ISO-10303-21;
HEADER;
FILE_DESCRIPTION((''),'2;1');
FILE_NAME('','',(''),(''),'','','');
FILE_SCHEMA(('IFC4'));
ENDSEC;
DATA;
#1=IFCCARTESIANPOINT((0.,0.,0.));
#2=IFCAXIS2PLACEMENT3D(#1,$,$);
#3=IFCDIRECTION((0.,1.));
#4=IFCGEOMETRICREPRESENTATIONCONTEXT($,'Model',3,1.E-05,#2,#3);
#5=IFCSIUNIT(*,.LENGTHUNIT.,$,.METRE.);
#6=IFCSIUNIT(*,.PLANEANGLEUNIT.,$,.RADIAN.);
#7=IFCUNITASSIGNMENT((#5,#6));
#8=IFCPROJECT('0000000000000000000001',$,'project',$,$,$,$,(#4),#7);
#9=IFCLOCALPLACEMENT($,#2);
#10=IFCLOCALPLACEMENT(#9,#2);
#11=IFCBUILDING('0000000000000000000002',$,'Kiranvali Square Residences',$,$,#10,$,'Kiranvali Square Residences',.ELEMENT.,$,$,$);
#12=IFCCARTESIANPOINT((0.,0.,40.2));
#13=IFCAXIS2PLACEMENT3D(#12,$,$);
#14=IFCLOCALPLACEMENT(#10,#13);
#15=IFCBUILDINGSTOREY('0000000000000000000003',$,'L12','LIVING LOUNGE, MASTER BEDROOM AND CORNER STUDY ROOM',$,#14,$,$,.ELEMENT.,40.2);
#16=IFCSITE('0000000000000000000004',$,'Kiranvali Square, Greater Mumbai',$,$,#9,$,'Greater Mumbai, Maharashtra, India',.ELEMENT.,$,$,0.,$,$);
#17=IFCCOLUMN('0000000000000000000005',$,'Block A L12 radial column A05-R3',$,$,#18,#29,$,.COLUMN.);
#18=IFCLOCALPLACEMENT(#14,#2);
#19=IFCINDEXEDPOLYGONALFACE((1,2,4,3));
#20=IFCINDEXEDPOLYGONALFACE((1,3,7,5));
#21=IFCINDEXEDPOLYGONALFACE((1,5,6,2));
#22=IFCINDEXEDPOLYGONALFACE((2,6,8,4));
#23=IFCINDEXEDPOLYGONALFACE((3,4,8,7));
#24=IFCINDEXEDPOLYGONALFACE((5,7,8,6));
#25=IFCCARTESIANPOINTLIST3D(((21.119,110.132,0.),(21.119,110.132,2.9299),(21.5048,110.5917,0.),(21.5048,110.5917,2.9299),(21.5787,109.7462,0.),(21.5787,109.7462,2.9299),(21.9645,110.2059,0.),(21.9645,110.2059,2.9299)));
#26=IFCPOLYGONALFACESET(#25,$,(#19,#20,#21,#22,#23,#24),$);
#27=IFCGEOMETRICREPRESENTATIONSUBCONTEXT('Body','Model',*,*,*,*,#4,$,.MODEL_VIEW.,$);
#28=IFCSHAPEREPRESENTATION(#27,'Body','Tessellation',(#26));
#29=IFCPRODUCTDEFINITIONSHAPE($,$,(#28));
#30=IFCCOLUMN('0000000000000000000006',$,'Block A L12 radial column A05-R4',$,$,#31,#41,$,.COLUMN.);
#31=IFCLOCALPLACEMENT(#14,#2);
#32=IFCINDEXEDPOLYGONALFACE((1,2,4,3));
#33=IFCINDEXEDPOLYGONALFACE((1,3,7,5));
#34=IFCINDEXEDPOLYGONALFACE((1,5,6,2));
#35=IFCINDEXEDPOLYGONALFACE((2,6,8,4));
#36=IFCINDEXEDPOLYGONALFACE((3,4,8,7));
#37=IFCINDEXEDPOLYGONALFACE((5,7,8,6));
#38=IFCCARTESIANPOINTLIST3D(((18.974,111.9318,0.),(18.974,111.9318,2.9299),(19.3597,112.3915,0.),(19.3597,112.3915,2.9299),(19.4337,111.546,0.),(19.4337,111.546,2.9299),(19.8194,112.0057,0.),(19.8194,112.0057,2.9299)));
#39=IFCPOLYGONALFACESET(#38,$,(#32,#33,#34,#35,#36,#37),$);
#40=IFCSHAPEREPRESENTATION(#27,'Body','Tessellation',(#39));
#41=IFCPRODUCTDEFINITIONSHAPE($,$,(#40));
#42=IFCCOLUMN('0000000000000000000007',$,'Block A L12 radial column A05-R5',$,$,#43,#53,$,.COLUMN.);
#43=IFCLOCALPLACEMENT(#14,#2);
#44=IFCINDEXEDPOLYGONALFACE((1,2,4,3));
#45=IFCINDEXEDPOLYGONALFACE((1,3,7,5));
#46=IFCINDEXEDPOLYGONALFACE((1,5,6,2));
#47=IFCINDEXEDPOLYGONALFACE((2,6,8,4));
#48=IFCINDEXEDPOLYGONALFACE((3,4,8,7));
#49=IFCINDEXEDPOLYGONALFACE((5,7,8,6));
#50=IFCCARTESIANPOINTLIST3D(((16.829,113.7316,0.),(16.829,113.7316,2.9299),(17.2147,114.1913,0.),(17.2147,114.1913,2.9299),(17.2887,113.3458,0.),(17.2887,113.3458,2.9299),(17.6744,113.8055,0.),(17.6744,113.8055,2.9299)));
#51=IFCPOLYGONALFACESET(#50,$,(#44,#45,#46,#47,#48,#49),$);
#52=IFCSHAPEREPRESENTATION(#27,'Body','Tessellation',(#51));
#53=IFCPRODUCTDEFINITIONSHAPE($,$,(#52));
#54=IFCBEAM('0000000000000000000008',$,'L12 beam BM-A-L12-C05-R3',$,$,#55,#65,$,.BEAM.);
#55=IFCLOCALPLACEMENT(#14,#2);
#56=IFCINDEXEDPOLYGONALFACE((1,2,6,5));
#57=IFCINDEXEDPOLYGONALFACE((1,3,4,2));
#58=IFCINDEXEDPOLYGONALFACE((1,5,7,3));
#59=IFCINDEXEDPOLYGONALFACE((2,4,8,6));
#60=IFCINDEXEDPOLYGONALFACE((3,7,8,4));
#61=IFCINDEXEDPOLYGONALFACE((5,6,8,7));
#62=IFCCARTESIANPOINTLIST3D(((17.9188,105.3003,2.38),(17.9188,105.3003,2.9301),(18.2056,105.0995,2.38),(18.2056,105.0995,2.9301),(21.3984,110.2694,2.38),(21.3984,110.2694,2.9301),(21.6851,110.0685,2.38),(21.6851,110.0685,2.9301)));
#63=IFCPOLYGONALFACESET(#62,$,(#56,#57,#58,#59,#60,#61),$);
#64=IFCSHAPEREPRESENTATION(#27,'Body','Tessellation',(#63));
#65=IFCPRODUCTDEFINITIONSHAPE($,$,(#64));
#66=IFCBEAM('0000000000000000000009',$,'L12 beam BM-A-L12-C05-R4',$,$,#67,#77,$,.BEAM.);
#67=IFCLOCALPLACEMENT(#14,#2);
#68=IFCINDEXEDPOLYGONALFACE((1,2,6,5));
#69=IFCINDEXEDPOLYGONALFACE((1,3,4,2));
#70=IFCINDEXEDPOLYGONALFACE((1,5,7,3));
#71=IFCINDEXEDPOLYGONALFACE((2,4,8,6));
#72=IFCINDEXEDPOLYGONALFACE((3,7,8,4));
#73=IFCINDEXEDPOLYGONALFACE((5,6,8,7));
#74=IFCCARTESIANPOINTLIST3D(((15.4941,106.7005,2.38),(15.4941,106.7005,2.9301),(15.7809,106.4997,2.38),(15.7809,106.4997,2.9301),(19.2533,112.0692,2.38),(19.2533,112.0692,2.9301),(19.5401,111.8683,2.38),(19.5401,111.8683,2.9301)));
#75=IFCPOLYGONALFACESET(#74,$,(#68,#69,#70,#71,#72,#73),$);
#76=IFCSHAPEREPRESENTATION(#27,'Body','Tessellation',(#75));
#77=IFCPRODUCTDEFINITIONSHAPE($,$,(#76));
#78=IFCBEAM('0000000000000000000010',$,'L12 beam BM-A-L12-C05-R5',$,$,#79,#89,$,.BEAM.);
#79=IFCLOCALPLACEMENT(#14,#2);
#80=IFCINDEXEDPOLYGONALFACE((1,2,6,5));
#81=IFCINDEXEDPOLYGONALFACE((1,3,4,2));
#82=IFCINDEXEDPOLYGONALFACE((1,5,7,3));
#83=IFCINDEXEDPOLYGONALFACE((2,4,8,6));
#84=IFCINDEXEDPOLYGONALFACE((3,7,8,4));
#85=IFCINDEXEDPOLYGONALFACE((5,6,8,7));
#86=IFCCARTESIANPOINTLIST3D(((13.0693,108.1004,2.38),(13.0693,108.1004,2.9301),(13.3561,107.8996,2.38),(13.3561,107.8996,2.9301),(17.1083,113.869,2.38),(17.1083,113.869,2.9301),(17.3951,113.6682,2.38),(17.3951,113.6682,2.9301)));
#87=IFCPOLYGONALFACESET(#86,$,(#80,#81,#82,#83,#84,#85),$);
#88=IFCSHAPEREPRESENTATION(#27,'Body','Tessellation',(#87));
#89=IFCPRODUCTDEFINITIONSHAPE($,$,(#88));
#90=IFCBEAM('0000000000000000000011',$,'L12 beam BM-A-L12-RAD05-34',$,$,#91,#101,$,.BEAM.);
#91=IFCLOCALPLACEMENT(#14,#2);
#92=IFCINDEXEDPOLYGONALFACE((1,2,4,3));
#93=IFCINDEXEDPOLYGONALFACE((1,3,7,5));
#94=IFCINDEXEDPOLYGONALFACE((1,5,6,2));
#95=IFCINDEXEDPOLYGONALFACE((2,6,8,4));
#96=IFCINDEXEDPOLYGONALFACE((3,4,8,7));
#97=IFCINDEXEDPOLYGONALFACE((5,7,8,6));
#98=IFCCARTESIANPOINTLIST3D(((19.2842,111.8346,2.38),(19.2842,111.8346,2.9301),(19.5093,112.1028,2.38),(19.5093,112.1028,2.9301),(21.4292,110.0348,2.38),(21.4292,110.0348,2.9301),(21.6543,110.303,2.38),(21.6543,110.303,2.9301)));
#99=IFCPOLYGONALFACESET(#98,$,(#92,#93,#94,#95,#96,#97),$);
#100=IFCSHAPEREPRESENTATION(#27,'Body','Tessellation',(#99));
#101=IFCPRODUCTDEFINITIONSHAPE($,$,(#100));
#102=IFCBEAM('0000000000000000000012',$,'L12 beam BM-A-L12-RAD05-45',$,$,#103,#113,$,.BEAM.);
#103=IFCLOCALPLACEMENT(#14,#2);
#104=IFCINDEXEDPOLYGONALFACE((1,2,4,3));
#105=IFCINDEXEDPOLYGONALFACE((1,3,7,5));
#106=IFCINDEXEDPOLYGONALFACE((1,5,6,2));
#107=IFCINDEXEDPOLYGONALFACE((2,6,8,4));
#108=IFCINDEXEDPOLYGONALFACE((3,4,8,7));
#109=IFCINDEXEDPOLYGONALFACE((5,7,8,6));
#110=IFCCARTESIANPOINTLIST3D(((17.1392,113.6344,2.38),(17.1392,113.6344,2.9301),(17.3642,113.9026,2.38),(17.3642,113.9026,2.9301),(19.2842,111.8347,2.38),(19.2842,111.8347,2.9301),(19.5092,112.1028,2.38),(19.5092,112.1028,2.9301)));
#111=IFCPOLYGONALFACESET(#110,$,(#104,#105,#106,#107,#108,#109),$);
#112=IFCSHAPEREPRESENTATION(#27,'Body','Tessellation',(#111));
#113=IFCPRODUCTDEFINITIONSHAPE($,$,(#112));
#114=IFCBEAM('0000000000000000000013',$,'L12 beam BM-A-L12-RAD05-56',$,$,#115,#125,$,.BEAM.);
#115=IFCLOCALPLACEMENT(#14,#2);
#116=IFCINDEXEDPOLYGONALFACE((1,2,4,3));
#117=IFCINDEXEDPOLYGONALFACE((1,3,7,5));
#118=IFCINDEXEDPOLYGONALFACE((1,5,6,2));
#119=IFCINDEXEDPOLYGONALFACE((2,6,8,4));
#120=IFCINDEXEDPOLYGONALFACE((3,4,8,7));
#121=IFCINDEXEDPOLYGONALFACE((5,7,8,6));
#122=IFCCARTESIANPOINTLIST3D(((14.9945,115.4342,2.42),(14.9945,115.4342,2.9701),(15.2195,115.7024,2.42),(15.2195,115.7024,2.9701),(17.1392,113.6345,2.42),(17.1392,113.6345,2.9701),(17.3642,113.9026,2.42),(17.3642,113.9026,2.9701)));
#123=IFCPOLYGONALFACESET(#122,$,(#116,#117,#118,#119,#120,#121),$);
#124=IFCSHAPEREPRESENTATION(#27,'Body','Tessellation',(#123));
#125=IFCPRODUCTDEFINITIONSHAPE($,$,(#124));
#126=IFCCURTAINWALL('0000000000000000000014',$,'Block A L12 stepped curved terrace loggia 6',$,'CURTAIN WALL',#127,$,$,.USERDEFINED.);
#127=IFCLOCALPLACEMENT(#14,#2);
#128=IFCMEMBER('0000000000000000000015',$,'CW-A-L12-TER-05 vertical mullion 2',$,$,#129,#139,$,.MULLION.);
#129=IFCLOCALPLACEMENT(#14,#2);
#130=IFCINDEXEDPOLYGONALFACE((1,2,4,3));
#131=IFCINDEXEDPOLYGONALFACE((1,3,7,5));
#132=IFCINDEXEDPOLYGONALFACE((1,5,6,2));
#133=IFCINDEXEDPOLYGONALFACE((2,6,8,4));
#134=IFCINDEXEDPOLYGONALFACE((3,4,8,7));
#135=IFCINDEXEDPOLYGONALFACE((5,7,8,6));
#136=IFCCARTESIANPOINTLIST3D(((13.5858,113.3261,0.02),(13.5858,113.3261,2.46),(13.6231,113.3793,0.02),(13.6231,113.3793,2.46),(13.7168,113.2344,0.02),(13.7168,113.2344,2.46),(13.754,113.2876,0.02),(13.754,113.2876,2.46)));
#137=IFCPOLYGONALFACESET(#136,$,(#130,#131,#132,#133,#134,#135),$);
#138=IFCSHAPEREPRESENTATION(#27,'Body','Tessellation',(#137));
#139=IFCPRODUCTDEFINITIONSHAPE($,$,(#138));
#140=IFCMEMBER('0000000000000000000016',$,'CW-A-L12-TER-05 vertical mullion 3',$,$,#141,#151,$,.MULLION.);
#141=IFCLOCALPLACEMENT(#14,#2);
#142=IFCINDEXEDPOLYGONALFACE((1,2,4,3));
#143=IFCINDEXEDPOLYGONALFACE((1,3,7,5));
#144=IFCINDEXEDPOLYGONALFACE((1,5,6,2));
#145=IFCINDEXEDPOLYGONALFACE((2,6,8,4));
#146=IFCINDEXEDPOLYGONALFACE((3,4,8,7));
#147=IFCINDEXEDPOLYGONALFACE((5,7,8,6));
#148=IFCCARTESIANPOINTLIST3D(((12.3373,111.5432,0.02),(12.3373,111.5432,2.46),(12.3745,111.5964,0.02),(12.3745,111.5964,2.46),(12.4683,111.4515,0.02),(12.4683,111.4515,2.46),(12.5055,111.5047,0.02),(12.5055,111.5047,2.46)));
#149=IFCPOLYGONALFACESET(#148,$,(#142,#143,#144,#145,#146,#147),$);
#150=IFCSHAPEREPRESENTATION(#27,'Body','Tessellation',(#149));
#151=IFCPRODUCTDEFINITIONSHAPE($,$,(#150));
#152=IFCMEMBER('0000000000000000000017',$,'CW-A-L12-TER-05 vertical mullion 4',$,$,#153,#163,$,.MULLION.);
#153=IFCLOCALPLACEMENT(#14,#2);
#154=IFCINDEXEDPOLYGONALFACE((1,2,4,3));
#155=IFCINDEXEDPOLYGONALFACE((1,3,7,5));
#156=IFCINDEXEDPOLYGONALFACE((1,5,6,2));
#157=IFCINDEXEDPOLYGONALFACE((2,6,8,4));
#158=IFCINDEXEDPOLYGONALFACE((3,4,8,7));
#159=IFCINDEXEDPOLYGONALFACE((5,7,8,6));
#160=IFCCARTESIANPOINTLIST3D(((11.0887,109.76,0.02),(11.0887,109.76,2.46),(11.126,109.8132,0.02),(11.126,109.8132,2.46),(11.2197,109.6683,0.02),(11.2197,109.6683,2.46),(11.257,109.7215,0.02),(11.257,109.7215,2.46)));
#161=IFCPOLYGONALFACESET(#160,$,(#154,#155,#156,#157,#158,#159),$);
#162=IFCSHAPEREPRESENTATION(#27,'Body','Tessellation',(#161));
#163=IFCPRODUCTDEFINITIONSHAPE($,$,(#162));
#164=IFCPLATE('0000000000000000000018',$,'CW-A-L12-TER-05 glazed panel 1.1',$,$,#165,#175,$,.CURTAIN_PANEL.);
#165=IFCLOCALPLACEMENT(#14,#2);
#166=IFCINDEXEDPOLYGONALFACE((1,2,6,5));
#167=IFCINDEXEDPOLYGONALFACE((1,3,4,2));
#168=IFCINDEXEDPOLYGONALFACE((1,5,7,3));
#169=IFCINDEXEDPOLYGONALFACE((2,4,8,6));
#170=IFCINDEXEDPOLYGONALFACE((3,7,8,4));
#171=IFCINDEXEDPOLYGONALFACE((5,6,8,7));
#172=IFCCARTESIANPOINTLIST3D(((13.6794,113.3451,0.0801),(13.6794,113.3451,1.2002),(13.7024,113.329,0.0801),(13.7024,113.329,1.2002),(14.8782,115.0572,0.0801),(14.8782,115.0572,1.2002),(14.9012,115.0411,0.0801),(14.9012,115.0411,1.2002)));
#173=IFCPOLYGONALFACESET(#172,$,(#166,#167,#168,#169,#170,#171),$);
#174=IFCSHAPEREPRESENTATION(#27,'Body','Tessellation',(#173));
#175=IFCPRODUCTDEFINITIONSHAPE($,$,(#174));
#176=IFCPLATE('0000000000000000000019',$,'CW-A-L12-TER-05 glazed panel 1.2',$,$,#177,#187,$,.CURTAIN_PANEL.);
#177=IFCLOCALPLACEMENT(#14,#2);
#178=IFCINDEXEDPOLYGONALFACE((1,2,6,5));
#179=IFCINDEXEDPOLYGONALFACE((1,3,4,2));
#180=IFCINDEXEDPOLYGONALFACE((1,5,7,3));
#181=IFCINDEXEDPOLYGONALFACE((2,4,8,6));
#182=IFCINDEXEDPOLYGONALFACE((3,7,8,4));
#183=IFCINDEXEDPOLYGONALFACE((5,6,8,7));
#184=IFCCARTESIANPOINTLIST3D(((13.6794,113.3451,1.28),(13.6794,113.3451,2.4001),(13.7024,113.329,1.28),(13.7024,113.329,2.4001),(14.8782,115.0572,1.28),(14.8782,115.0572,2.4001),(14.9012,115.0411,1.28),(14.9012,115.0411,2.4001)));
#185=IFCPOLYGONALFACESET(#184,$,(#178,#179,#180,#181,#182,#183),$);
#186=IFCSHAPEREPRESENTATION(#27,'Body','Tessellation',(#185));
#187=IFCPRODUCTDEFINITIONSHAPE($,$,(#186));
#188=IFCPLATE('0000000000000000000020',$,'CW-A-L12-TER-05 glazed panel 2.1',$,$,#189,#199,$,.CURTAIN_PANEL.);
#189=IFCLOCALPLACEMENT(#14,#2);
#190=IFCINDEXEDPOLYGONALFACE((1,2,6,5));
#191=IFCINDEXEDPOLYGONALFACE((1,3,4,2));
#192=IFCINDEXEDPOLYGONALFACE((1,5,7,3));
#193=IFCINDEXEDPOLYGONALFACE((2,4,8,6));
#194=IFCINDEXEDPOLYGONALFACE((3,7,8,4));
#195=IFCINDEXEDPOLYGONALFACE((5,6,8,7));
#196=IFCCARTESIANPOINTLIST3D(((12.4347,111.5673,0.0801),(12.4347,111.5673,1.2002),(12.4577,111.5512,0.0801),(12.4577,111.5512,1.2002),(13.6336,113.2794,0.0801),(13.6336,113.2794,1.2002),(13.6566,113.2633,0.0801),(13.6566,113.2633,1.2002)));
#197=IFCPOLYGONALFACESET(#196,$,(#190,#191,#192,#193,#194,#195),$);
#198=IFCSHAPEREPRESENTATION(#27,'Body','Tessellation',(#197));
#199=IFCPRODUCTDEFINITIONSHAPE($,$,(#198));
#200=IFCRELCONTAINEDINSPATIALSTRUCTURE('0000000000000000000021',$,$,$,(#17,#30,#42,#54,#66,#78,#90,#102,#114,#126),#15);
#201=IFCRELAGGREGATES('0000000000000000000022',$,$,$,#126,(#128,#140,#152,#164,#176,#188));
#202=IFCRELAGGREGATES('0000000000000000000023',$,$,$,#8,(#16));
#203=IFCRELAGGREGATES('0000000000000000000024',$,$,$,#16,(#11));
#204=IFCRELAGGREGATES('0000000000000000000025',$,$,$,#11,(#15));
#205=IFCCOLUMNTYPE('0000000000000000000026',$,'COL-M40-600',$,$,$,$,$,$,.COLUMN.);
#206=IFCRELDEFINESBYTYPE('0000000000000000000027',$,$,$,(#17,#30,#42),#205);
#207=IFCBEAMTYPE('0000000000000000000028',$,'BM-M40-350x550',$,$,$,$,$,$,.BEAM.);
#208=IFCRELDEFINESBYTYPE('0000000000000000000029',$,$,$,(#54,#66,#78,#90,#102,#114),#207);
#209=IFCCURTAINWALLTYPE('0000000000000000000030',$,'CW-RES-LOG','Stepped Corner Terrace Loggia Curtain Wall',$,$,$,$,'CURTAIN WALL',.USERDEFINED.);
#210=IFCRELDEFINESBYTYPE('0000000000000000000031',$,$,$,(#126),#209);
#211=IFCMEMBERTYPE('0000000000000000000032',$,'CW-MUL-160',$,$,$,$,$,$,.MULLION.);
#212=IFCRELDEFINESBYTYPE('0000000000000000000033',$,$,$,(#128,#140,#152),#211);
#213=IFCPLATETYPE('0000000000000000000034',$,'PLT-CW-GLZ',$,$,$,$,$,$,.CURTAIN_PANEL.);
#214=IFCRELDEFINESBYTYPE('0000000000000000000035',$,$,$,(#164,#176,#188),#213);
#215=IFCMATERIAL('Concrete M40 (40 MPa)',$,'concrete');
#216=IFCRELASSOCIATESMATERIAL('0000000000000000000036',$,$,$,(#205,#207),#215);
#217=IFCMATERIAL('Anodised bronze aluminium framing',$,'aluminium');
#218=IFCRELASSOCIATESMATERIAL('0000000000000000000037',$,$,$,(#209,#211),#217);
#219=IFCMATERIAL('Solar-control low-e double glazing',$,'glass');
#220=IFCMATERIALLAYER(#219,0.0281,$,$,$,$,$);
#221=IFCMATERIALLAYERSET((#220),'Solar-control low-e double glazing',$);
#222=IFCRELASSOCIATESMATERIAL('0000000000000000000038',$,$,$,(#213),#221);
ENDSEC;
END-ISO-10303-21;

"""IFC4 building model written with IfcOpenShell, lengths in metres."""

from ifc_helpers import new_model, si_unit, direction, frame, origin, origin_2d, place, context, subcontext, project, spatial, rectangle, extrude, material, layer, layer_set, material_profile, profile_set, type_object, element, aggregate, save


model = new_model("IFC4")

# Units and contexts
model_context = context("Model", 3, precision=1e-05, world=origin(), true_north=direction((0.0, 1.0)))
body_context = subcontext(model_context, "Body", "Model", "MODEL_VIEW")
ifc_project = project(units=[si_unit("LENGTHUNIT", "METRE"), si_unit("PLANEANGLEUNIT", "RADIAN")], contexts=[model_context])

# Site, building, storey
site_placement = place(None, origin())
site = spatial("IfcSite", under=ifc_project, at=site_placement, Name="Kiranvali Square, Greater Mumbai", LongName="Greater Mumbai, Maharashtra, India", CompositionType="ELEMENT", RefElevation=0.0)
building_placement = place(site_placement, origin())
building = spatial("IfcBuilding", under=site, at=building_placement, Name="Kiranvali Square Residences", LongName="Kiranvali Square Residences", CompositionType="ELEMENT")
storey_placement = place(building_placement, frame((0.0, 0.0, 40.2)))
storey = spatial("IfcBuildingStorey", under=building, at=storey_placement, Name="L12", Description="LIVING LOUNGE, MASTER BEDROOM AND CORNER STUDY ROOM", CompositionType="ELEMENT", Elevation=40.2)

# Columns
ifc_material_1 = material(Name="Concrete M40 (40 MPa)", Category="concrete")
ifc_material_profile_1 = material_profile(ifc_material_1, rectangle(XDim=0.6001, YDim=0.6001, at=origin_2d()), Name="RC 600x600")
ifc_profile_set_1 = profile_set([ifc_material_profile_1], Name="Concrete M40 (40 MPa)")
column_type = type_object("IfcColumnType", Name="COL-M40-600", PredefinedType="COLUMN", material=ifc_profile_set_1)
for number, where, z_axis, x_axis, name in (
    (1, (21.5417, 110.1689, 0.0), (0.0, 0.0, 1.0), (0.642788, 0.766044, 0.0), "Block A L12 radial column A05-R3"),
    (2, (19.3967, 111.9688, 0.0), (0.0, 0.0, 1.0), (0.642788, 0.766044, 0.0), "Block A L12 radial column A05-R4"),
    (3, (17.2517, 113.7686, 0.0), (0.0, 0.0, 1.0), (0.642788, 0.766044, 0.0), "Block A L12 radial column A05-R5"),
):
    element("IfcColumn", number, at=place(storey_placement, frame(where, z_axis=z_axis, x_axis=x_axis)), inside=storey, type_object=column_type, Name=name, PredefinedType="COLUMN", context=body_context, shape_type="SweptSolid", body=[
        extrude(rectangle(XDim=0.6001, YDim=0.6001, at=origin_2d()), origin(), (0.0, 0.0, 1.0), 2.9299),
    ])

# Beams
ifc_material_profile_2 = material_profile(ifc_material_1, rectangle(XDim=0.3501, YDim=0.55, at=origin_2d()), Name="RC 350x550")
ifc_profile_set_2 = profile_set([ifc_material_profile_2], Name="Concrete M40 (40 MPa)")
beam_type = type_object("IfcBeamType", Name="BM-M40-350x550", PredefinedType="BEAM", material=ifc_profile_set_2)
beam_1_placement = place(storey_placement, frame((21.5417, 110.1689, 2.655), z_axis=(-0.573595, -0.819139, 0.0), x_axis=(0.819139, -0.573595, 0.0)))
element("IfcBeam", 4, at=beam_1_placement, inside=storey, type_object=beam_type, Name="L12 beam BM-A-L12-C05-R3", PredefinedType="BEAM", context=body_context, shape_type="SweptSolid", body=[
    extrude(rectangle(XDim=0.3501, YDim=0.55, at=origin_2d()), origin(), (0.0, 0.0, 1.0), 6.0662),
])
beam_2_placement = place(storey_placement, frame((19.3967, 111.9688, 2.655), z_axis=(-0.573587, -0.819144, 0.0), x_axis=(0.819144, -0.573587, 0.0)))
element("IfcBeam", 5, at=beam_2_placement, inside=storey, type_object=beam_type, Name="L12 beam BM-A-L12-C05-R4", PredefinedType="BEAM", context=body_context, shape_type="SweptSolid", body=[
    extrude(rectangle(XDim=0.3501, YDim=0.55, at=origin_2d()), origin(), (0.0, 0.0, 1.0), 6.554),
])
beam_3_placement = place(storey_placement, frame((17.2517, 113.7686, 2.655), z_axis=(-0.573565, -0.81916, 0.0), x_axis=(0.81916, -0.573565, 0.0)))
element("IfcBeam", 6, at=beam_3_placement, inside=storey, type_object=beam_type, Name="L12 beam BM-A-L12-C05-R5", PredefinedType="BEAM", context=body_context, shape_type="SweptSolid", body=[
    extrude(rectangle(XDim=0.3501, YDim=0.55, at=origin_2d()), origin(), (0.0, 0.0, 1.0), 7.042),
])
for number, where, z_axis, x_axis, name in (
    (7, (21.5417, 110.1689, 2.655), (-0.766059, 0.642771, 0.0), (-0.642771, -0.766059, 0.0), "L12 beam BM-A-L12-RAD05-34"),
    (8, (19.3967, 111.9688, 2.655), (-0.766059, 0.642771, 0.0), (-0.642771, -0.766059, 0.0), "L12 beam BM-A-L12-RAD05-45"),
):
    element("IfcBeam", number, at=place(storey_placement, frame(where, z_axis=z_axis, x_axis=x_axis)), inside=storey, type_object=beam_type, Name=name, PredefinedType="BEAM", context=body_context, shape_type="SweptSolid", body=[
        extrude(rectangle(XDim=0.3501, YDim=0.55, at=origin_2d()), origin(), (0.0, 0.0, 1.0), 2.8),
    ])
beam_4_placement = place(storey_placement, frame((17.2517, 113.7686, 2.6951), z_axis=(-0.766023, 0.642814, 0.0), x_axis=(-0.642814, -0.766023, 0.0)))
element("IfcBeam", 9, at=beam_4_placement, inside=storey, type_object=beam_type, Name="L12 beam BM-A-L12-RAD05-56", PredefinedType="BEAM", context=body_context, shape_type="SweptSolid", body=[
    extrude(rectangle(XDim=0.3501, YDim=0.55, at=origin_2d()), origin(), (0.0, 0.0, 1.0), 2.7998),
])

# Curtain wall, members, plates
ifc_material_2 = material(Name="Anodised bronze aluminium framing", Category="aluminium")
curtain_wall_type = type_object("IfcCurtainWallType", Name="CW-RES-LOG", Description="Stepped Corner Terrace Loggia Curtain Wall", ElementType="CURTAIN WALL", PredefinedType="USERDEFINED", material=ifc_material_2)
curtain_wall_placement = place(storey_placement, origin())
curtain_wall = element("IfcCurtainWall", 10, at=curtain_wall_placement, inside=storey, type_object=curtain_wall_type, Name="Block A L12 stepped curved terrace loggia 6", ObjectType="CURTAIN WALL", PredefinedType="USERDEFINED")
ifc_material_profile_3 = material_profile(ifc_material_2, rectangle(XDim=0.0649, YDim=0.1599, at=origin_2d()), Name="ALU 65x160")
ifc_profile_set_3 = profile_set([ifc_material_profile_3], Name="Anodised bronze aluminium framing")
member_type = type_object("IfcMemberType", Name="CW-MUL-160", PredefinedType="MULLION", material=ifc_profile_set_3)
member_1_placement = place(storey_placement, frame((13.6699, 113.3069, 0.02), z_axis=(0.0, 0.0, 1.0), x_axis=(-0.573576, -0.819152, 0.0)))
member_1 = element("IfcMember", 11, at=member_1_placement, type_object=member_type, Name="CW-A-L12-TER-05 vertical mullion 2", PredefinedType="MULLION", context=body_context, shape_type="SweptSolid", body=[
    extrude(rectangle(XDim=0.0649, YDim=0.1599, at=origin_2d()), origin(), (0.0, 0.0, 1.0), 2.4399),
])
member_2_placement = place(storey_placement, frame((12.4214, 111.5239, 0.02), z_axis=(0.0, 0.0, 1.0), x_axis=(-0.573576, -0.819152, 0.0)))
member_2 = element("IfcMember", 12, at=member_2_placement, type_object=member_type, Name="CW-A-L12-TER-05 vertical mullion 3", PredefinedType="MULLION", context=body_context, shape_type="SweptSolid", body=[
    extrude(rectangle(XDim=0.0649, YDim=0.1599, at=origin_2d()), origin(), (0.0, 0.0, 1.0), 2.4399),
])
member_3_placement = place(storey_placement, frame((11.1729, 109.7407, 0.02), z_axis=(0.0, 0.0, 1.0), x_axis=(-0.573576, -0.819152, 0.0)))
member_3 = element("IfcMember", 13, at=member_3_placement, type_object=member_type, Name="CW-A-L12-TER-05 vertical mullion 4", PredefinedType="MULLION", context=body_context, shape_type="SweptSolid", body=[
    extrude(rectangle(XDim=0.0649, YDim=0.1599, at=origin_2d()), origin(), (0.0, 0.0, 1.0), 2.4399),
])
ifc_material_3 = material(Name="Solar-control low-e double glazing", Category="glass")
ifc_layer = layer(ifc_material_3, 0.0281)
ifc_layer_set = layer_set([ifc_layer], Name="Solar-control low-e double glazing")
plate_type = type_object("IfcPlateType", Name="PLT-CW-GLZ", PredefinedType="CURTAIN_PANEL", material=ifc_layer_set)
plate_1_placement = place(storey_placement, frame((14.2903, 114.1931, 0.0801), z_axis=(0.0, 0.0, 1.0), x_axis=(-0.573576, -0.819152, 0.0)))
plate_1 = element("IfcPlate", 14, at=plate_1_placement, type_object=plate_type, Name="CW-A-L12-TER-05 glazed panel 1.1", PredefinedType="CURTAIN_PANEL", context=body_context, shape_type="SweptSolid", body=[
    extrude(rectangle(XDim=2.0901, YDim=0.0281, at=origin_2d()), origin(), (0.0, 0.0, 1.0), 1.1201),
])
plate_2_placement = place(storey_placement, frame((14.2903, 114.1931, 1.28), z_axis=(0.0, 0.0, 1.0), x_axis=(-0.573576, -0.819152, 0.0)))
plate_2 = element("IfcPlate", 15, at=plate_2_placement, type_object=plate_type, Name="CW-A-L12-TER-05 glazed panel 1.2", PredefinedType="CURTAIN_PANEL", context=body_context, shape_type="SweptSolid", body=[
    extrude(rectangle(XDim=2.0901, YDim=0.0281, at=origin_2d()), origin(), (0.0, 0.0, 1.0), 1.1201),
])
plate_3_placement = place(storey_placement, frame((13.0457, 112.4153, 0.0801), z_axis=(0.0, 0.0, 1.0), x_axis=(-0.573576, -0.819152, 0.0)))
plate_3 = element("IfcPlate", 16, at=plate_3_placement, type_object=plate_type, Name="CW-A-L12-TER-05 glazed panel 2.1", PredefinedType="CURTAIN_PANEL", context=body_context, shape_type="SweptSolid", body=[
    extrude(rectangle(XDim=2.0901, YDim=0.0281, at=origin_2d()), origin(), (0.0, 0.0, 1.0), 1.1201),
])
aggregate(curtain_wall, [member_1, member_2, member_3, plate_1, plate_2, plate_3])

save(model, "model.ifc")
